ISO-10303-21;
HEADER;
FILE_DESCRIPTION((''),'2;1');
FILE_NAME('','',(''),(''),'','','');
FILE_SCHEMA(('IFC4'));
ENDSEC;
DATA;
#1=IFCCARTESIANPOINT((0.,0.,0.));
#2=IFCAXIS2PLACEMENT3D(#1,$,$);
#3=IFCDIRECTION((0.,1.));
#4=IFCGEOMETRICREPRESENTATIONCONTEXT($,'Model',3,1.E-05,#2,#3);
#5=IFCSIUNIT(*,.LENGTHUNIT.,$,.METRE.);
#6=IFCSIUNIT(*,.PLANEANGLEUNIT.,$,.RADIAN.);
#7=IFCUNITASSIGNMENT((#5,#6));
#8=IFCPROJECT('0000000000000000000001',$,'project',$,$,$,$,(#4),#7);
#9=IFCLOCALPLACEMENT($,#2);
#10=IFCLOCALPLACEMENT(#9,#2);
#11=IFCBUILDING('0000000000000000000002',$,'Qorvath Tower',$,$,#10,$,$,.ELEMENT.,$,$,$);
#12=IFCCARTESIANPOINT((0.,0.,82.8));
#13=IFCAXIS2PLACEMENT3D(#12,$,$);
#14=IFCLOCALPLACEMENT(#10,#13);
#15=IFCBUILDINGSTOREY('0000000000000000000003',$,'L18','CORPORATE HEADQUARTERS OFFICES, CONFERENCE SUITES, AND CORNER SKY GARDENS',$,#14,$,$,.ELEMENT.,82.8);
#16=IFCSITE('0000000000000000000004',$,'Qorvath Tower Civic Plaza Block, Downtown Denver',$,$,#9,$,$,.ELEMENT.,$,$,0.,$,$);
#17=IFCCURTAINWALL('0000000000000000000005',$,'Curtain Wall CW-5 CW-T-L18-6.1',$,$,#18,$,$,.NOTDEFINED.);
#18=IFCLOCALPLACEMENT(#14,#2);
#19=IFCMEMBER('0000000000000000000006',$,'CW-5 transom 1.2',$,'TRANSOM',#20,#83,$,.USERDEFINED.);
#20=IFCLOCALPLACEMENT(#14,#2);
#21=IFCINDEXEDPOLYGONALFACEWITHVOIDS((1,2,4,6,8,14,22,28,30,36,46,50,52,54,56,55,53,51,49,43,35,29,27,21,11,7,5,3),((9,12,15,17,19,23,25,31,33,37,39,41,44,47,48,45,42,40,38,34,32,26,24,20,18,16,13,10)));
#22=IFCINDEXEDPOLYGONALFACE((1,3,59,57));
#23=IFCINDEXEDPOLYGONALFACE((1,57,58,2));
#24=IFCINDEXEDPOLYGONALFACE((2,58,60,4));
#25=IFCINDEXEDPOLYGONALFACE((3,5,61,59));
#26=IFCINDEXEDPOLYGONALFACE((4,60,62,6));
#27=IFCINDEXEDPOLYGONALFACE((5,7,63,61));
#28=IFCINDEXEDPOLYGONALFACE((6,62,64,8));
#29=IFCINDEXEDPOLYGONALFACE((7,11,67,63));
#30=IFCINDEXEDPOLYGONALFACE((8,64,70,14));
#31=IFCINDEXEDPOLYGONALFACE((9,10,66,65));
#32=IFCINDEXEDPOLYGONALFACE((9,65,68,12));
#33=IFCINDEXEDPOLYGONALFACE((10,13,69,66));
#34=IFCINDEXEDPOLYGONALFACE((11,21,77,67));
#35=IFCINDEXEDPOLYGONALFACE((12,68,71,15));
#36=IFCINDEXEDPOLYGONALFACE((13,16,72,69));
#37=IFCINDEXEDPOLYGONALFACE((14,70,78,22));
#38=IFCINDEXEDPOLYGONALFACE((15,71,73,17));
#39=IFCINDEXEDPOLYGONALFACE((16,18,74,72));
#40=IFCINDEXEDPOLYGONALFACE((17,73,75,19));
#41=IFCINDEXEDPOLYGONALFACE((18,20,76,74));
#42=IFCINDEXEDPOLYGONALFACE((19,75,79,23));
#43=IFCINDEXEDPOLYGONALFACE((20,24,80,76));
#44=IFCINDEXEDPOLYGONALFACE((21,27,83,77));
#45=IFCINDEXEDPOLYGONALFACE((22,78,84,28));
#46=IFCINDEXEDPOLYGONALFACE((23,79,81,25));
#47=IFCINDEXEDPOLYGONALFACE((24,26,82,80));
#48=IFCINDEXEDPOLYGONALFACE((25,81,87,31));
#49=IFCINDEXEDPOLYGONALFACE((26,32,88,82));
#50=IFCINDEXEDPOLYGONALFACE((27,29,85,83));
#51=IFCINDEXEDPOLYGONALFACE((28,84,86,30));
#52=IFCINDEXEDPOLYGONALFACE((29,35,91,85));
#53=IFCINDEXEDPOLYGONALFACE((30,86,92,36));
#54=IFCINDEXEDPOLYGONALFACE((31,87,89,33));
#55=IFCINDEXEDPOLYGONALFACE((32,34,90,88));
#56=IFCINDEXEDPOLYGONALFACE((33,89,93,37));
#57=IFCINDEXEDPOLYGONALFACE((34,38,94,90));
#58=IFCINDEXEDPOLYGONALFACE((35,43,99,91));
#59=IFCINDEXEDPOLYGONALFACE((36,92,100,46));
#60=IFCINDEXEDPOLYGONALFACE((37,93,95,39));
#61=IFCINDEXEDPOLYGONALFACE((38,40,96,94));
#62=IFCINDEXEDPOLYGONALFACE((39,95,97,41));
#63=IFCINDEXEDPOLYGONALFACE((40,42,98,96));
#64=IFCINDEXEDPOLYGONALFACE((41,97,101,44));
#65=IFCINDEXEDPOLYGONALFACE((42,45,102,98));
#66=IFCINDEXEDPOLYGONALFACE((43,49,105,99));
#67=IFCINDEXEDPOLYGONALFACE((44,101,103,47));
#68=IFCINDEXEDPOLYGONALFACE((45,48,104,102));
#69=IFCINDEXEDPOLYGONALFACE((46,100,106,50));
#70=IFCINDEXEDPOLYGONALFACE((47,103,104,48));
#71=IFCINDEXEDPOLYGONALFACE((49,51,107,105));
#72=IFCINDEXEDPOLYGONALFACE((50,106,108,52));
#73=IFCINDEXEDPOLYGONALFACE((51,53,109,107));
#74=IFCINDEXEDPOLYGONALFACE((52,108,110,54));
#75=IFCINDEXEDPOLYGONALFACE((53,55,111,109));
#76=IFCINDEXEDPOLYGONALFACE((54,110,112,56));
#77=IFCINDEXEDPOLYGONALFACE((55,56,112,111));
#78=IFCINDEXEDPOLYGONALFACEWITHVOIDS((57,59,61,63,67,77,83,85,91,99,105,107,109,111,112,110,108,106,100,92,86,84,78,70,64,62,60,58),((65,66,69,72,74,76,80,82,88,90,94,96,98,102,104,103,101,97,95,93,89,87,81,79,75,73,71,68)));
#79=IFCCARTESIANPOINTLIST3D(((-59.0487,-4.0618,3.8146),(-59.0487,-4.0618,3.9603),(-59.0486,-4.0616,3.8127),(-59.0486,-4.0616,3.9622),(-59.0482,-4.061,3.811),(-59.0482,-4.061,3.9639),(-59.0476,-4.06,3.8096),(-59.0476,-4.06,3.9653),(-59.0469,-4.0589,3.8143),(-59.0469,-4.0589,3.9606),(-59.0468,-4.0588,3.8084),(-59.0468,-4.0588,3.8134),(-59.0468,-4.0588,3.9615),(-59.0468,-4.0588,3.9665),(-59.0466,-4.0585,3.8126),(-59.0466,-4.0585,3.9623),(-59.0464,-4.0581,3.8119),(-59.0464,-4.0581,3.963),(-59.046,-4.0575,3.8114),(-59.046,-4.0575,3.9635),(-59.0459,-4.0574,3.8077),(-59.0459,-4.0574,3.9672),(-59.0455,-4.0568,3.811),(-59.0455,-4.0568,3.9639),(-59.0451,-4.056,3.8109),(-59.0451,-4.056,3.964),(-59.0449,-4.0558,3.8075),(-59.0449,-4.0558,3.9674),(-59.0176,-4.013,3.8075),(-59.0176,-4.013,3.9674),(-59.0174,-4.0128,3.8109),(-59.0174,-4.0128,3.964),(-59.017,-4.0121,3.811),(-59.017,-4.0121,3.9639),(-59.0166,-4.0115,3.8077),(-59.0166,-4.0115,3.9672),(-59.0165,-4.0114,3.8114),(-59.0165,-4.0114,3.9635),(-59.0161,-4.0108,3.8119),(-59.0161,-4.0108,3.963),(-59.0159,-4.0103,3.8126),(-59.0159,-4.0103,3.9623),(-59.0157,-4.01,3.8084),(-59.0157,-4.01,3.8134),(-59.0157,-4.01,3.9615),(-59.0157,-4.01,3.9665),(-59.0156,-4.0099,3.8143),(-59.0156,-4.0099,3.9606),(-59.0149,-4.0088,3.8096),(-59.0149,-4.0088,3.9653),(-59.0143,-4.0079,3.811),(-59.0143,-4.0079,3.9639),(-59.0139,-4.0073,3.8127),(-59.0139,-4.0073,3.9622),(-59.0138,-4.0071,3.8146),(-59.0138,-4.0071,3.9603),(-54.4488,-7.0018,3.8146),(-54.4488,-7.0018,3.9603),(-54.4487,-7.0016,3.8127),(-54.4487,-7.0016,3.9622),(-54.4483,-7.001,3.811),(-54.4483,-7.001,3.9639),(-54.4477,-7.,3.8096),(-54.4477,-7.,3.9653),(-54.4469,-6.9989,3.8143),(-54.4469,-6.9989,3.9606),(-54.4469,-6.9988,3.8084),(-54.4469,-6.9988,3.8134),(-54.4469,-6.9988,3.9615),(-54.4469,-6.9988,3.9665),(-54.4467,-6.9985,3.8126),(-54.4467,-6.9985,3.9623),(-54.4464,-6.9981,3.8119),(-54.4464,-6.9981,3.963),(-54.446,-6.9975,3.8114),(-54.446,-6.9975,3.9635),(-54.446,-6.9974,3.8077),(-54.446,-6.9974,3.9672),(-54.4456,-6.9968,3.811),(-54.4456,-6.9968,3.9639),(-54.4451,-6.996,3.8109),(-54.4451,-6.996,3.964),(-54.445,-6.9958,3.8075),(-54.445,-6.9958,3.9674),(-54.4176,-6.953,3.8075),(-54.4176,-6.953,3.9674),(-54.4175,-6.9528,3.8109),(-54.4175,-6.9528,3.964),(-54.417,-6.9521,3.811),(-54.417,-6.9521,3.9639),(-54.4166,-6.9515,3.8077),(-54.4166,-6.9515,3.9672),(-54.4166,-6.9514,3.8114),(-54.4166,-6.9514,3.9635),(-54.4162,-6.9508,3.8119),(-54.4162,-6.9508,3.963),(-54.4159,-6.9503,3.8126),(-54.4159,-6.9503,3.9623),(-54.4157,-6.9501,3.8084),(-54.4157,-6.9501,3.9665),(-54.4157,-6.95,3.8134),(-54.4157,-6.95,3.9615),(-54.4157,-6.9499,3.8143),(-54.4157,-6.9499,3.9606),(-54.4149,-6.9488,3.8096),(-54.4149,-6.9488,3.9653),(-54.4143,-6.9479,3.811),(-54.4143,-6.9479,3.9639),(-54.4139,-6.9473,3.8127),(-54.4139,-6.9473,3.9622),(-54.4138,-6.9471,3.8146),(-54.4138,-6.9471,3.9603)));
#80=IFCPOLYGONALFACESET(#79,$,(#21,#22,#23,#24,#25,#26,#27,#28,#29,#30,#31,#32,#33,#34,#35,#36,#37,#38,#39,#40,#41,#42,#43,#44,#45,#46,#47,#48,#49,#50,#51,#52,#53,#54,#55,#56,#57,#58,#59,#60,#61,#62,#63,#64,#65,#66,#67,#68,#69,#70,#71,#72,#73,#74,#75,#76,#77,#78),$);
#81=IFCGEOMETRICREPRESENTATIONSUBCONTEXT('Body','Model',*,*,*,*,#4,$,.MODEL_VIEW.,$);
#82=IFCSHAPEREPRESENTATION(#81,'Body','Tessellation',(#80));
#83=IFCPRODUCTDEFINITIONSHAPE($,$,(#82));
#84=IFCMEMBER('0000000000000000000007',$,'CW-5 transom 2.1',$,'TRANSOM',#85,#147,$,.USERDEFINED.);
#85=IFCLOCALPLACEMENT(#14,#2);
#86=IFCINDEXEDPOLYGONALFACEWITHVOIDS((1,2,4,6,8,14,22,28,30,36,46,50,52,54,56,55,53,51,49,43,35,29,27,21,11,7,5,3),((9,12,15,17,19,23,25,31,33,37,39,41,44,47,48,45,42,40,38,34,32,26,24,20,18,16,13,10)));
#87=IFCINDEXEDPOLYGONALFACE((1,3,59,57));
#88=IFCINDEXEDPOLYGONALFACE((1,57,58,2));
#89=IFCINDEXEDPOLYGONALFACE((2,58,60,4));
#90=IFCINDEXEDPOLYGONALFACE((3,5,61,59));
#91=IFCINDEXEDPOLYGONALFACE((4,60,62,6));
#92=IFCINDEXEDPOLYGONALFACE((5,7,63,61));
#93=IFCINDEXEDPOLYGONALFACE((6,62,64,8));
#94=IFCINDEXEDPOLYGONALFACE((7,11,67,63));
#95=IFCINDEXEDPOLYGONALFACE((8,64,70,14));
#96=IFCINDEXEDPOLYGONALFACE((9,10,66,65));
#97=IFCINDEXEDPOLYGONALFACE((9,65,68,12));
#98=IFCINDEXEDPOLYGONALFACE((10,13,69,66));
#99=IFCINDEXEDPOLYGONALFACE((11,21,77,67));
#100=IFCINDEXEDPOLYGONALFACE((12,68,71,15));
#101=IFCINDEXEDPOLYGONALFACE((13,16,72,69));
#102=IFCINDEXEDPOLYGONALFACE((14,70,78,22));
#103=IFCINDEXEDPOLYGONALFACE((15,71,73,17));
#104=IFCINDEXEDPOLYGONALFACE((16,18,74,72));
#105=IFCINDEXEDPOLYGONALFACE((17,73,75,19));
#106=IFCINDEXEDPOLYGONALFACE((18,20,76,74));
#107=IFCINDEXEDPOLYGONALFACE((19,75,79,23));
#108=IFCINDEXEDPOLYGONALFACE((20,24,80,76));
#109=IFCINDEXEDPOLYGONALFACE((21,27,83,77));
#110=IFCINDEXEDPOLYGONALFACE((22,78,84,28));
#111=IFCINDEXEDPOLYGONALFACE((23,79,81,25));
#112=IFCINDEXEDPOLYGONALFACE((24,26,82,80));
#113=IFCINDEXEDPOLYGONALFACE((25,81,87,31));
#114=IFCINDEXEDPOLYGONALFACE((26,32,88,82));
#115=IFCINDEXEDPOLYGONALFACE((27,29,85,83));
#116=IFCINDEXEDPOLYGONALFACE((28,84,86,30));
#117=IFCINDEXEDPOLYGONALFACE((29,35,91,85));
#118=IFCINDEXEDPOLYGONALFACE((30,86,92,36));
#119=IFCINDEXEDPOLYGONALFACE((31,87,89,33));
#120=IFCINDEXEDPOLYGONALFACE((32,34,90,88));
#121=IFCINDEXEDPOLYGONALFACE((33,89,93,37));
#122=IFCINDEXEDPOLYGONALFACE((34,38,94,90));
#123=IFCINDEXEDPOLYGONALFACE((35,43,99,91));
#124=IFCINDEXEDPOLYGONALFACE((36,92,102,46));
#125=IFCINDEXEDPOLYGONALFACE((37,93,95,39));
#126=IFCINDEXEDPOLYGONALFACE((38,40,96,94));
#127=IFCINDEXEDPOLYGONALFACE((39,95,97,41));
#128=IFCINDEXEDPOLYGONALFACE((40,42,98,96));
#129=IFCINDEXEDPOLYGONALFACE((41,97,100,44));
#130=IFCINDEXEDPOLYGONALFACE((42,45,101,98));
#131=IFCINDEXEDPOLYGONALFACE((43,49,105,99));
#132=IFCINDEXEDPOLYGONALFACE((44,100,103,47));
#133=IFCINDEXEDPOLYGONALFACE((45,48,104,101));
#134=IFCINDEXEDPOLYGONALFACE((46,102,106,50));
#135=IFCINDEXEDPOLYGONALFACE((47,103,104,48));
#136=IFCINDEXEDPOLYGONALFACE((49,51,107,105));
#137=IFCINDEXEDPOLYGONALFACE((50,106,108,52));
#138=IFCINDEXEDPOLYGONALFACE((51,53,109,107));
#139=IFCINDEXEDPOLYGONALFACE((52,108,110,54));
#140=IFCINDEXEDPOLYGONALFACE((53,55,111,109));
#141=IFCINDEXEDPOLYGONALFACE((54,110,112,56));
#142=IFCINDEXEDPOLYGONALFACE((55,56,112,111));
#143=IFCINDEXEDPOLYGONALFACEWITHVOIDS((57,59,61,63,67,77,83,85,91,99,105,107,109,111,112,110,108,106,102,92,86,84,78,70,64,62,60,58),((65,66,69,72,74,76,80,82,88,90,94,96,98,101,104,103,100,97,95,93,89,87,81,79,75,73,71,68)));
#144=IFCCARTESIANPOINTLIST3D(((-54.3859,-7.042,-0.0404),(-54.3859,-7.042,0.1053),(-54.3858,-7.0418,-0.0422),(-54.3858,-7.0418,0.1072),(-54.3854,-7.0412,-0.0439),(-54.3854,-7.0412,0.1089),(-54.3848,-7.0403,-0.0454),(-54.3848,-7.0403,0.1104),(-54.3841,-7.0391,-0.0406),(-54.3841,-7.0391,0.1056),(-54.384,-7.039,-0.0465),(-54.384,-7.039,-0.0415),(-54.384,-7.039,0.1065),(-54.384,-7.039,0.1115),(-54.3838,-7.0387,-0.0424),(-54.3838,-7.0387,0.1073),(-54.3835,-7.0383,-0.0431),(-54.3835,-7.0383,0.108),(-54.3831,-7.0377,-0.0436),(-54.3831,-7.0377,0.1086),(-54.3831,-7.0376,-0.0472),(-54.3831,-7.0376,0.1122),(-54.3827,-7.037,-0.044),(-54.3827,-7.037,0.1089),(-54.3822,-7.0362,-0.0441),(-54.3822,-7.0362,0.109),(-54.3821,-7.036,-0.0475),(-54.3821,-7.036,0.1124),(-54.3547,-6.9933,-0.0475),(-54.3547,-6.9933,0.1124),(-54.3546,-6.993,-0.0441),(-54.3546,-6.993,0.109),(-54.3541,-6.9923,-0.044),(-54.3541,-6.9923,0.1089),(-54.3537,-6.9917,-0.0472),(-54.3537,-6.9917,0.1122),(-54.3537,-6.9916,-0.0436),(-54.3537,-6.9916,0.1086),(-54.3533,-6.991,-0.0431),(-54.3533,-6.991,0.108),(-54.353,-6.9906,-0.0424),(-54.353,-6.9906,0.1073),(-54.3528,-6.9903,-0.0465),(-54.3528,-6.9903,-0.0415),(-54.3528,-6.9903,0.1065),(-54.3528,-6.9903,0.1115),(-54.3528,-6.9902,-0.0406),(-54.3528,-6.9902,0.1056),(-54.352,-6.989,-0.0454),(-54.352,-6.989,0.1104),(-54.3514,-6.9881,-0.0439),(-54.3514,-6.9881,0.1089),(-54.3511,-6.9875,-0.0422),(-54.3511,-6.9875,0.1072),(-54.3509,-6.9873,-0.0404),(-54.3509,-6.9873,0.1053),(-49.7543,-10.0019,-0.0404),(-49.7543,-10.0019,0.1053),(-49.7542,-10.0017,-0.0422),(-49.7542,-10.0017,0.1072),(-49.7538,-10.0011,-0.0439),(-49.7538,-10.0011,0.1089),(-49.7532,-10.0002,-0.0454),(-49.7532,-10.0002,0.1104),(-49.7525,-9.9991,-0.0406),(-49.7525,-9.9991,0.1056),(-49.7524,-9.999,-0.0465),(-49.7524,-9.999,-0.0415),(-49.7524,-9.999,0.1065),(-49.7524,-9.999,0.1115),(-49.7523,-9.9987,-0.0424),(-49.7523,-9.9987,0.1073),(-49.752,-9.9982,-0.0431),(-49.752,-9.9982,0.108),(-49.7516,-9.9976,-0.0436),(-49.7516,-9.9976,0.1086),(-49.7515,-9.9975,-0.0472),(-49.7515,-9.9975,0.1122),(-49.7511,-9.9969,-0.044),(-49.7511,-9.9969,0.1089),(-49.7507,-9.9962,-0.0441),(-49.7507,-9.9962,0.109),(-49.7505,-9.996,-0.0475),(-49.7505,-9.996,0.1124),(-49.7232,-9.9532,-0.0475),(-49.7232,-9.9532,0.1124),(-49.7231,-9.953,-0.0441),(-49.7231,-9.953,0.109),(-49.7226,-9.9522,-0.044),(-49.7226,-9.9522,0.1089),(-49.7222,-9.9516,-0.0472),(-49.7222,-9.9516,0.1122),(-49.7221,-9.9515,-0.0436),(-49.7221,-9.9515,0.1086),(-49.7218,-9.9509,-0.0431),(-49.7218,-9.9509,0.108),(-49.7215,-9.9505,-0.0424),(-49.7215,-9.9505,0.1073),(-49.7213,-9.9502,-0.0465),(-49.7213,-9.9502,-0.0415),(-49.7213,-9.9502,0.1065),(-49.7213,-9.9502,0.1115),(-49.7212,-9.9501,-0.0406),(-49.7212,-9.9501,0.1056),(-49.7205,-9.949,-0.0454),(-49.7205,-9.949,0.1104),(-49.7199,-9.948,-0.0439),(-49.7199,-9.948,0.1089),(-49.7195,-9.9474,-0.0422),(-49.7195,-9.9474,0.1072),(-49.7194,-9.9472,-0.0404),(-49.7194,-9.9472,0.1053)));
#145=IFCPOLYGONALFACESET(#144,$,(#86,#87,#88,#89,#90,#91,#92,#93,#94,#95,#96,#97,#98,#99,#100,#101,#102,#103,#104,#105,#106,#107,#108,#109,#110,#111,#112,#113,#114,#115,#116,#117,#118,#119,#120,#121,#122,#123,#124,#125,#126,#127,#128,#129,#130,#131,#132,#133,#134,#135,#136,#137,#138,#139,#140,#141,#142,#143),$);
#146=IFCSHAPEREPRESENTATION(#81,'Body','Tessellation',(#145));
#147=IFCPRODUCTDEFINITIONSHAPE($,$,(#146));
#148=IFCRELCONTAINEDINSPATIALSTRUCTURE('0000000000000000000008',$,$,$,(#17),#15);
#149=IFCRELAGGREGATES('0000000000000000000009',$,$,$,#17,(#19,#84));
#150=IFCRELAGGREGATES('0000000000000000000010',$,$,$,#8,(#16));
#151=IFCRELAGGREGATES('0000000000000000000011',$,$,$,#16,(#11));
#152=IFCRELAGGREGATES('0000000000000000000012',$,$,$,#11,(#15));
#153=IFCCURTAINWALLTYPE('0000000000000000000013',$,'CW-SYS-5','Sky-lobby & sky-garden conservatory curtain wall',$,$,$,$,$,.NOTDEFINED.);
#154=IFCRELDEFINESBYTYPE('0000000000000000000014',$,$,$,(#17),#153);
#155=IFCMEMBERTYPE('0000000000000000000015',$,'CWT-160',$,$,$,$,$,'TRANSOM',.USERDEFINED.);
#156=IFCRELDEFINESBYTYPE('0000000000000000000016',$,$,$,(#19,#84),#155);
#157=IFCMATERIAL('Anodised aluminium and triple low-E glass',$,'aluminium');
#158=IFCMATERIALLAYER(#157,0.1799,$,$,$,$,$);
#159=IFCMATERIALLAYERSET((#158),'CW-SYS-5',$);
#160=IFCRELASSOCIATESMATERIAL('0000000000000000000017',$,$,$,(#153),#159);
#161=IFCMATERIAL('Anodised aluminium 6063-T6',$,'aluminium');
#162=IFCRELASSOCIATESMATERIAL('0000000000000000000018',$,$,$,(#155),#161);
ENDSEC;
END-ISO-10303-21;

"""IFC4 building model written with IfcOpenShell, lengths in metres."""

from ifc_helpers import new_model, si_unit, direction, frame, origin, origin_2d, place, context, subcontext, project, spatial, hollow_rectangle, extrude, material, layer, layer_set, material_profile, profile_set, type_object, element, aggregate, save


model = new_model("IFC4")

# Units and contexts
model_context = context("Model", 3, precision=1e-05, world=origin(), true_north=direction((0.0, 1.0)))
body_context = subcontext(model_context, "Body", "Model", "MODEL_VIEW")
ifc_project = project(units=[si_unit("LENGTHUNIT", "METRE"), si_unit("PLANEANGLEUNIT", "RADIAN")], contexts=[model_context])

# Site, building, storey
site_placement = place(None, origin())
site = spatial("IfcSite", under=ifc_project, at=site_placement, Name="Qorvath Tower Civic Plaza Block, Downtown Denver", CompositionType="ELEMENT", RefElevation=0.0)
building_placement = place(site_placement, origin())
building = spatial("IfcBuilding", under=site, at=building_placement, Name="Qorvath Tower", CompositionType="ELEMENT")
storey_placement = place(building_placement, frame((0.0, 0.0, 82.8)))
storey = spatial("IfcBuildingStorey", under=building, at=storey_placement, Name="L18", Description="CORPORATE HEADQUARTERS OFFICES, CONFERENCE SUITES, AND CORNER SKY GARDENS", CompositionType="ELEMENT", Elevation=82.8)

# Shared definitions
ifc_material_1 = material(Name="Anodised aluminium and triple low-E glass", Category="aluminium")
ifc_layer_1 = layer(ifc_material_1, 0.1799)
ifc_layer_set_1 = layer_set([ifc_layer_1], Name="CW-SYS-5")
curtain_wall_type = type_object("IfcCurtainWallType", Name="CW-SYS-5", Description="Sky-lobby & sky-garden conservatory curtain wall", PredefinedType="NOTDEFINED", material=ifc_layer_set_1)

# Curtain wall, members
curtain_wall_1_placement = place(storey_placement, origin())
curtain_wall_1 = element("IfcCurtainWall", 1, at=curtain_wall_1_placement, inside=storey, type_object=curtain_wall_type, Name="Curtain Wall CW-5 CW-T-L18-6.1", PredefinedType="NOTDEFINED")
ifc_material_2 = material(Name="Anodised aluminium 6063-T6", Category="aluminium")
ifc_material_profile_1 = material_profile(ifc_material_2, hollow_rectangle(XDim=0.0649, YDim=0.1599, WallThickness=0.0034, InnerFilletRadius=0.0034, OuterFilletRadius=0.0071, at=origin_2d()), Name="CWT 160x65")
ifc_profile_set_1 = profile_set([ifc_material_profile_1], Name="Anodised aluminium 6063-T6")
member_type_1 = type_object("IfcMemberType", Name="CWT-160", ElementType="TRANSOM", PredefinedType="USERDEFINED", material=ifc_profile_set_1)
member_1_placement = place(storey_placement, frame((-59.0312, -4.0344, 3.8875), z_axis=(0.842601, -0.538538, 0.0), x_axis=(0.538538, 0.842601, 0.0)))
member_1 = element("IfcMember", 2, at=member_1_placement, type_object=member_type_1, Name="CW-5 transom 1.2", ObjectType="TRANSOM", PredefinedType="USERDEFINED", context=body_context, shape_type="SweptSolid", body=[
    extrude(hollow_rectangle(XDim=0.0649, YDim=0.1599, WallThickness=0.0034, InnerFilletRadius=0.0034, OuterFilletRadius=0.0071, at=origin_2d()), origin(), (0.0, 0.0, 1.0), 5.4592),
])
member_2_placement = place(storey_placement, frame((-54.3684, -7.0146, 0.0325), z_axis=(0.842623, -0.538504, 0.0), x_axis=(0.538504, 0.842623, 0.0)))
member_2 = element("IfcMember", 3, at=member_2_placement, type_object=member_type_1, Name="CW-5 transom 2.1", ObjectType="TRANSOM", PredefinedType="USERDEFINED", context=body_context, shape_type="SweptSolid", body=[
    extrude(hollow_rectangle(XDim=0.0649, YDim=0.1599, WallThickness=0.0034, InnerFilletRadius=0.0034, OuterFilletRadius=0.0071, at=origin_2d()), origin(), (0.0, 0.0, 1.0), 5.4966),
])

aggregate(curtain_wall_1, [member_1, member_2])

save(model, "model.ifc")
